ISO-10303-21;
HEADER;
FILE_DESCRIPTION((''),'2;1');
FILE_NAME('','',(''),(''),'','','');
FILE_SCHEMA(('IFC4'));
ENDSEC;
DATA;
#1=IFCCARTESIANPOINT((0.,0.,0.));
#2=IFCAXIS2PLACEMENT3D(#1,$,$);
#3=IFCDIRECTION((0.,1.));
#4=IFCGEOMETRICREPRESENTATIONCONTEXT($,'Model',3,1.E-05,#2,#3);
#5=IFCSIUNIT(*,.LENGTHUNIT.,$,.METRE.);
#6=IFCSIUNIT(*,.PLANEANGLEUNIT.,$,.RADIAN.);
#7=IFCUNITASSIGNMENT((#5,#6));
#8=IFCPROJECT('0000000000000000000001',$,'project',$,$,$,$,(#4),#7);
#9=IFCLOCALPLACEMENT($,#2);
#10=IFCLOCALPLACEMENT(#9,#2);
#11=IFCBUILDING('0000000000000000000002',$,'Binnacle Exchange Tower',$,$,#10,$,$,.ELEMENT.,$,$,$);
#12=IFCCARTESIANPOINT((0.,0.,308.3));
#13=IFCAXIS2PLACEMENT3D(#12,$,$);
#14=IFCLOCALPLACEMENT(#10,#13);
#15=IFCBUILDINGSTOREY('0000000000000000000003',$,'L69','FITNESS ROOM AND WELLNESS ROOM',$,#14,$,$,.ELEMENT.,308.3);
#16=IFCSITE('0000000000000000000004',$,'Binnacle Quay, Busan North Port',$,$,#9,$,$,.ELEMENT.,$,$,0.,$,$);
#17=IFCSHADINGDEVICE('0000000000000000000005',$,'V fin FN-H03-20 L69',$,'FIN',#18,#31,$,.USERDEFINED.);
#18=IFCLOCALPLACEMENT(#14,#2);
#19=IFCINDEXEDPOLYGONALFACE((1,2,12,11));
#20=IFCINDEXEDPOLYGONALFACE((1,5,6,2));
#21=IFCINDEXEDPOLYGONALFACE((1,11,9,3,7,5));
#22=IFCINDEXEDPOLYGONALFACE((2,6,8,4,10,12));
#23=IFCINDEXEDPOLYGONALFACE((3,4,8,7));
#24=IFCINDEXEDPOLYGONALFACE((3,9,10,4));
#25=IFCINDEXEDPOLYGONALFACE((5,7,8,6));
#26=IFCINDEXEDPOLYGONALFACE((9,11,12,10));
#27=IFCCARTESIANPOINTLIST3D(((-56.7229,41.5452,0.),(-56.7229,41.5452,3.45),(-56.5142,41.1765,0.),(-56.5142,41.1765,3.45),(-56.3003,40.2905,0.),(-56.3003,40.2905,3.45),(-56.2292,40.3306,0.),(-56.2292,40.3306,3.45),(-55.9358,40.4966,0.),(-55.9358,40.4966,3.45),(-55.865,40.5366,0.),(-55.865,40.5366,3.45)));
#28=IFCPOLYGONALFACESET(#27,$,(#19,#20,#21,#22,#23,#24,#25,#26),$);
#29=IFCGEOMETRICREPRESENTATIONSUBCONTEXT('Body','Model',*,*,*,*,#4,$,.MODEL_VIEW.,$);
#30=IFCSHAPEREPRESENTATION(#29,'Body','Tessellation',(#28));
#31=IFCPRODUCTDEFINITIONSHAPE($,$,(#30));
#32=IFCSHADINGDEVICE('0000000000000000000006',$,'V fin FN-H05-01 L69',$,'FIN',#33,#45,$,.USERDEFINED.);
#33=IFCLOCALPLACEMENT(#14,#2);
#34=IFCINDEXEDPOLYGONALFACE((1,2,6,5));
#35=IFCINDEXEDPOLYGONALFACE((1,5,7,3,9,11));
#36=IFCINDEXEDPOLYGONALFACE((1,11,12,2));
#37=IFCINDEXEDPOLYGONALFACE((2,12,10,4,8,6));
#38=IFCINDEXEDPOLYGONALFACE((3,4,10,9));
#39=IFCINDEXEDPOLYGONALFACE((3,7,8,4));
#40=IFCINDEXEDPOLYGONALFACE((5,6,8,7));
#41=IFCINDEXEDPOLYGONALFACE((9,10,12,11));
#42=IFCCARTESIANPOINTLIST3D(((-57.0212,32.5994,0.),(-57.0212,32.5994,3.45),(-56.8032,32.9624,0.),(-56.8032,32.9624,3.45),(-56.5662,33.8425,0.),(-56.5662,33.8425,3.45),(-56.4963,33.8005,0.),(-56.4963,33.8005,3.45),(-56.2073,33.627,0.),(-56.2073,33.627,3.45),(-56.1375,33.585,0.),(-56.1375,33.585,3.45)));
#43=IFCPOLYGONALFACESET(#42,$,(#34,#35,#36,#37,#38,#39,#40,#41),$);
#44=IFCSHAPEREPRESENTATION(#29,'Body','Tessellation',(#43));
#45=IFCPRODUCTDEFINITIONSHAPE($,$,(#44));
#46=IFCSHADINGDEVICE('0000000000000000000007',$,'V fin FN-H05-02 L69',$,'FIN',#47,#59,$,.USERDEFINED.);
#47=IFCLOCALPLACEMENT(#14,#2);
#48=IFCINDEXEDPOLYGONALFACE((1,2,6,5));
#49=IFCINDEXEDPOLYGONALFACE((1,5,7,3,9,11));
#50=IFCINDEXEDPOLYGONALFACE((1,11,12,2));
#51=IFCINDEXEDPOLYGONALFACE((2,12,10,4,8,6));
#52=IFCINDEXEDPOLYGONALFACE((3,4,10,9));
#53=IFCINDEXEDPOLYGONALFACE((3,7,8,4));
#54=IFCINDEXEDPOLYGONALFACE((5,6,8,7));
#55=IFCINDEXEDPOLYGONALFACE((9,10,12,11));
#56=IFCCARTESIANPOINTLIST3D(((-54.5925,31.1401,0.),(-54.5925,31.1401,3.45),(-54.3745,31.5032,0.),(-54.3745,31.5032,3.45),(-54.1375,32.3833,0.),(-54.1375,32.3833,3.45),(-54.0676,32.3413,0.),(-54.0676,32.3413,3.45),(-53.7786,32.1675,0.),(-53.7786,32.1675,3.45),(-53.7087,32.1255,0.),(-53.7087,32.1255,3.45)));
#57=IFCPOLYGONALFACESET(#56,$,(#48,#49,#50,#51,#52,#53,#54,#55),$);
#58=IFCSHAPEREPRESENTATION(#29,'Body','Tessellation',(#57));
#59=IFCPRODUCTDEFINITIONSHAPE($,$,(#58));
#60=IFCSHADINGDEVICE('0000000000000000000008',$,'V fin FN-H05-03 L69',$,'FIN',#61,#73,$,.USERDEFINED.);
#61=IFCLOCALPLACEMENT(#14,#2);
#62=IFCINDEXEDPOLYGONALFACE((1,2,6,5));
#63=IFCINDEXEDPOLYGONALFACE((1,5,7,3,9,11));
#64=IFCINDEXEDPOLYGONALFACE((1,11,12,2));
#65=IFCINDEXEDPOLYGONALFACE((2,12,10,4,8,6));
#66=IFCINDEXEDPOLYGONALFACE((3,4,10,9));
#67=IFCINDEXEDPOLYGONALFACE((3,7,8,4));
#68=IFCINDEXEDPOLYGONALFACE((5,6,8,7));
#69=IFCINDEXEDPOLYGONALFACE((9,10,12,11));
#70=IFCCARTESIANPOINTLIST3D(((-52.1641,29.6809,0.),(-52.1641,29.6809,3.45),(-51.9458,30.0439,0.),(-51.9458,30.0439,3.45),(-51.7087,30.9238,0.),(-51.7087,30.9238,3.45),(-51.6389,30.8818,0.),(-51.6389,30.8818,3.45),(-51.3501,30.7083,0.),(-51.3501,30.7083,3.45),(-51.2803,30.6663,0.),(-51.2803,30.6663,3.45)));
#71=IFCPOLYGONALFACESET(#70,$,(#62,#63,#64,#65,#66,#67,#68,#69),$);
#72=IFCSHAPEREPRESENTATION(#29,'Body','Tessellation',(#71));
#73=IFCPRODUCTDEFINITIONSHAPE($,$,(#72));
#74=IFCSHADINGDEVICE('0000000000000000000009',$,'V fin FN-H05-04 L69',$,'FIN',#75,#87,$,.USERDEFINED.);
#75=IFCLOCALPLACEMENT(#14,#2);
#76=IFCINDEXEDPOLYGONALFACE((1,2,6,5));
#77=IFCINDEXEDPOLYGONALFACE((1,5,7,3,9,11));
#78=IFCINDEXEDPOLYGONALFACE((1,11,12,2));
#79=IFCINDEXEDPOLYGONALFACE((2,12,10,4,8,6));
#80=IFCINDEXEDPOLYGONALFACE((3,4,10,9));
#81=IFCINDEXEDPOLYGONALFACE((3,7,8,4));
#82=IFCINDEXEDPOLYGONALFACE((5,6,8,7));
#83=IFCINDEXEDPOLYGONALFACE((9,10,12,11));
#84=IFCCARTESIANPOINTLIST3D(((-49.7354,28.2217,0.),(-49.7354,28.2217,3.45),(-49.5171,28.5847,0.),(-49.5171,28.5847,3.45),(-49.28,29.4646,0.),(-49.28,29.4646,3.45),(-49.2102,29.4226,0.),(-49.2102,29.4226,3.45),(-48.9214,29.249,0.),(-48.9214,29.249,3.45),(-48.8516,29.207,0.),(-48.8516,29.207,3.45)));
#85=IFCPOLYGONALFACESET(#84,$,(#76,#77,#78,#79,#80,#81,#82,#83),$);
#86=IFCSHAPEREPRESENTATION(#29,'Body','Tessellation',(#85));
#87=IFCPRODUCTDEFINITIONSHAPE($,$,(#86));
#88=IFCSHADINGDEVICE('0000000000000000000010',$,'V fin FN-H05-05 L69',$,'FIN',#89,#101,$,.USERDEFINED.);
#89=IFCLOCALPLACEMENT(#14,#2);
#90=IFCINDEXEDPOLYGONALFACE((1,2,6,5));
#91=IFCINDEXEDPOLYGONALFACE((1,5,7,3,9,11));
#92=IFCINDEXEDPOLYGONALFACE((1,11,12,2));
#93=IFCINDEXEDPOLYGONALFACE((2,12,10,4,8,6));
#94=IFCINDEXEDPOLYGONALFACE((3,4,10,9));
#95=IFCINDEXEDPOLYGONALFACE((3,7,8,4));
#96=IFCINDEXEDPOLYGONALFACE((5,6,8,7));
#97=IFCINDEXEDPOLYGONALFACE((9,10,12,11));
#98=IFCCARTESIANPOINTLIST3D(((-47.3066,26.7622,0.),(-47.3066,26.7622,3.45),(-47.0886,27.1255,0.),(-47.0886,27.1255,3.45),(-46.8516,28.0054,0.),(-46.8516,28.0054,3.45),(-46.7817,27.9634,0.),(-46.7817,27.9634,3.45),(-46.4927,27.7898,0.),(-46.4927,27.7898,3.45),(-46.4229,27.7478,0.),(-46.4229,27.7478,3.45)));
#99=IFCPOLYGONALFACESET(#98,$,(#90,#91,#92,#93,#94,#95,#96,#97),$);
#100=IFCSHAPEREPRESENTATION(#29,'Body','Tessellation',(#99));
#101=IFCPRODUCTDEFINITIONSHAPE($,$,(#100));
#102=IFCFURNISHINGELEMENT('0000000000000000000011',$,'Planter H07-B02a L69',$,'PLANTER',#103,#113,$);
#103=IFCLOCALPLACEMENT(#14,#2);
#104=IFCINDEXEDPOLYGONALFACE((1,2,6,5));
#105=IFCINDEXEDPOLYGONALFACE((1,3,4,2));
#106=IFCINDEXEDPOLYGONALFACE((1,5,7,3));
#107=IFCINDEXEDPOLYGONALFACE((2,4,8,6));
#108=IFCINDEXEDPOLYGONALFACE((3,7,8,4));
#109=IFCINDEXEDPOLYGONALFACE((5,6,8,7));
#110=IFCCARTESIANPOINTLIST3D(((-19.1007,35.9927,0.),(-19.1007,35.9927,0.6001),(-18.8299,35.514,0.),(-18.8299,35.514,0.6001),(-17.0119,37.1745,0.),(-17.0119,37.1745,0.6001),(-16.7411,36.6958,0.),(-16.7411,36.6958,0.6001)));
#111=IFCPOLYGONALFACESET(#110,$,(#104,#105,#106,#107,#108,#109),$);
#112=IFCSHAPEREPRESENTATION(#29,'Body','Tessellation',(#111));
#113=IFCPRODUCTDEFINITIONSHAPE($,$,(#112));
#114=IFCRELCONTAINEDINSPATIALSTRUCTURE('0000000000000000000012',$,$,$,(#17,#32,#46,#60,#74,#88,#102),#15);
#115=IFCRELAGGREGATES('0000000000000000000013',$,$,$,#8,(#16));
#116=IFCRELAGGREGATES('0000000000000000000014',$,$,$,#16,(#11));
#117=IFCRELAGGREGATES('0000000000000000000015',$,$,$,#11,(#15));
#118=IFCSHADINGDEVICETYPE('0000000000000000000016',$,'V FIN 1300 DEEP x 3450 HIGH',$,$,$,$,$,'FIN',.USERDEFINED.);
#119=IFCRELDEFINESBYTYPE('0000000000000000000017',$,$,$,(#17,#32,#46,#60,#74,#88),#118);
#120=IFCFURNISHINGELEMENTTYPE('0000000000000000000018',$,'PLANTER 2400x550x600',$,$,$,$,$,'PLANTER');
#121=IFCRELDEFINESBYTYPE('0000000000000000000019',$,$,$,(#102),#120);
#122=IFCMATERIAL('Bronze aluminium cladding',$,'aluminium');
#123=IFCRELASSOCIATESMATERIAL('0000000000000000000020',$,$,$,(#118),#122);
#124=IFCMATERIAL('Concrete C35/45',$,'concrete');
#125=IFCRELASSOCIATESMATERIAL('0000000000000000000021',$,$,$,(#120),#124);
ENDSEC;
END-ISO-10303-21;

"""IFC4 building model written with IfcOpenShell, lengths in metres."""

from ifc_helpers import new_model, si_unit, direction, frame, origin, origin_2d, place, context, subcontext, project, spatial, polyline, rectangle, outline, extrude, material, type_object, element, save


model = new_model("IFC4")

# Units and contexts
model_context = context("Model", 3, precision=1e-05, world=origin(), true_north=direction((0.0, 1.0)))
body_context = subcontext(model_context, "Body", "Model", "MODEL_VIEW")
ifc_project = project(units=[si_unit("LENGTHUNIT", "METRE"), si_unit("PLANEANGLEUNIT", "RADIAN")], contexts=[model_context])

# Site, building, storey
site_placement = place(None, origin())
site = spatial("IfcSite", under=ifc_project, at=site_placement, Name="Binnacle Quay, Busan North Port", CompositionType="ELEMENT", RefElevation=0.0)
building_placement = place(site_placement, origin())
building = spatial("IfcBuilding", under=site, at=building_placement, Name="Binnacle Exchange Tower", CompositionType="ELEMENT")
storey_placement = place(building_placement, frame((0.0, 0.0, 308.3)))
storey = spatial("IfcBuildingStorey", under=building, at=storey_placement, Name="L69", Description="FITNESS ROOM AND WELLNESS ROOM", CompositionType="ELEMENT", Elevation=308.3)

# Shared definitions
ifc_material_1 = material(Name="Concrete C35/45", Category="concrete")

# Shading devices
ifc_material_2 = material(Name="Bronze aluminium cladding", Category="aluminium")
shading_device_type_1 = type_object("IfcShadingDeviceType", Name="V FIN 1300 DEEP x 3450 HIGH", ElementType="FIN", PredefinedType="USERDEFINED", material=ifc_material_2)
shading_device_1_placement = place(storey_placement, origin())
element("IfcShadingDevice", 1, at=shading_device_1_placement, inside=storey, type_object=shading_device_type_1, Name="V fin FN-H03-20 L69", ObjectType="FIN", PredefinedType="USERDEFINED", context=body_context, shape_type="SweptSolid", body=[
    extrude(outline(polyline([(-55.865, 40.5366), (-56.7229, 41.5452), (-56.3003, 40.2905), (-56.2292, 40.3306), (-56.5142, 41.1765), (-55.9358, 40.4966), (-55.865, 40.5366)])), origin(), (0.0, 0.0, 1.0), 3.45),
])
shading_device_2_placement = place(storey_placement, origin())
element("IfcShadingDevice", 2, at=shading_device_2_placement, inside=storey, type_object=shading_device_type_1, Name="V fin FN-H05-01 L69", ObjectType="FIN", PredefinedType="USERDEFINED", context=body_context, shape_type="SweptSolid", body=[
    extrude(outline(polyline([(-56.5662, 33.8425), (-57.0212, 32.5994), (-56.1375, 33.585), (-56.2073, 33.627), (-56.8032, 32.9624), (-56.4963, 33.8005), (-56.5662, 33.8425)])), origin(), (0.0, 0.0, 1.0), 3.45),
])
shading_device_3_placement = place(storey_placement, origin())
element("IfcShadingDevice", 3, at=shading_device_3_placement, inside=storey, type_object=shading_device_type_1, Name="V fin FN-H05-02 L69", ObjectType="FIN", PredefinedType="USERDEFINED", context=body_context, shape_type="SweptSolid", body=[
    extrude(outline(polyline([(-54.1375, 32.3833), (-54.5925, 31.1401), (-53.7087, 32.1255), (-53.7786, 32.1675), (-54.3745, 31.5032), (-54.0676, 32.3413), (-54.1375, 32.3833)])), origin(), (0.0, 0.0, 1.0), 3.45),
])
shading_device_4_placement = place(storey_placement, origin())
element("IfcShadingDevice", 4, at=shading_device_4_placement, inside=storey, type_object=shading_device_type_1, Name="V fin FN-H05-03 L69", ObjectType="FIN", PredefinedType="USERDEFINED", context=body_context, shape_type="SweptSolid", body=[
    extrude(outline(polyline([(-51.7087, 30.9238), (-52.1641, 29.6809), (-51.2803, 30.6663), (-51.3501, 30.7083), (-51.9458, 30.0439), (-51.6389, 30.8818), (-51.7087, 30.9238)])), origin(), (0.0, 0.0, 1.0), 3.45),
])
shading_device_5_placement = place(storey_placement, origin())
element("IfcShadingDevice", 5, at=shading_device_5_placement, inside=storey, type_object=shading_device_type_1, Name="V fin FN-H05-04 L69", ObjectType="FIN", PredefinedType="USERDEFINED", context=body_context, shape_type="SweptSolid", body=[
    extrude(outline(polyline([(-49.28, 29.4646), (-49.7354, 28.2217), (-48.8516, 29.207), (-48.9214, 29.249), (-49.5171, 28.5847), (-49.2102, 29.4226), (-49.28, 29.4646)])), origin(), (0.0, 0.0, 1.0), 3.45),
])
shading_device_6_placement = place(storey_placement, origin())
element("IfcShadingDevice", 6, at=shading_device_6_placement, inside=storey, type_object=shading_device_type_1, Name="V fin FN-H05-05 L69", ObjectType="FIN", PredefinedType="USERDEFINED", context=body_context, shape_type="SweptSolid", body=[
    extrude(outline(polyline([(-46.8516, 28.0054), (-47.3066, 26.7622), (-46.4229, 27.7478), (-46.4927, 27.7898), (-47.0886, 27.1255), (-46.7817, 27.9634), (-46.8516, 28.0054)])), origin(), (0.0, 0.0, 1.0), 3.45),
])

# Furnishing element
furnishing_element_type = type_object("IfcFurnishingElementType", Name="PLANTER 2400x550x600", ElementType="PLANTER", material=ifc_material_1)
furnishing_placement = place(storey_placement, frame((-17.9209, 36.3442, 0.0), z_axis=(0.0, 0.0, 1.0), x_axis=(0.870356, 0.492424, 0.0)))
element("IfcFurnishingElement", 7, at=furnishing_placement, inside=storey, type_object=furnishing_element_type, Name="Planter H07-B02a L69", ObjectType="PLANTER", context=body_context, shape_type="SweptSolid", body=[
    extrude(rectangle(XDim=2.3999, YDim=0.55, at=origin_2d()), origin(), (0.0, 0.0, 1.0), 0.6001),
])

save(model, "model.ifc")
